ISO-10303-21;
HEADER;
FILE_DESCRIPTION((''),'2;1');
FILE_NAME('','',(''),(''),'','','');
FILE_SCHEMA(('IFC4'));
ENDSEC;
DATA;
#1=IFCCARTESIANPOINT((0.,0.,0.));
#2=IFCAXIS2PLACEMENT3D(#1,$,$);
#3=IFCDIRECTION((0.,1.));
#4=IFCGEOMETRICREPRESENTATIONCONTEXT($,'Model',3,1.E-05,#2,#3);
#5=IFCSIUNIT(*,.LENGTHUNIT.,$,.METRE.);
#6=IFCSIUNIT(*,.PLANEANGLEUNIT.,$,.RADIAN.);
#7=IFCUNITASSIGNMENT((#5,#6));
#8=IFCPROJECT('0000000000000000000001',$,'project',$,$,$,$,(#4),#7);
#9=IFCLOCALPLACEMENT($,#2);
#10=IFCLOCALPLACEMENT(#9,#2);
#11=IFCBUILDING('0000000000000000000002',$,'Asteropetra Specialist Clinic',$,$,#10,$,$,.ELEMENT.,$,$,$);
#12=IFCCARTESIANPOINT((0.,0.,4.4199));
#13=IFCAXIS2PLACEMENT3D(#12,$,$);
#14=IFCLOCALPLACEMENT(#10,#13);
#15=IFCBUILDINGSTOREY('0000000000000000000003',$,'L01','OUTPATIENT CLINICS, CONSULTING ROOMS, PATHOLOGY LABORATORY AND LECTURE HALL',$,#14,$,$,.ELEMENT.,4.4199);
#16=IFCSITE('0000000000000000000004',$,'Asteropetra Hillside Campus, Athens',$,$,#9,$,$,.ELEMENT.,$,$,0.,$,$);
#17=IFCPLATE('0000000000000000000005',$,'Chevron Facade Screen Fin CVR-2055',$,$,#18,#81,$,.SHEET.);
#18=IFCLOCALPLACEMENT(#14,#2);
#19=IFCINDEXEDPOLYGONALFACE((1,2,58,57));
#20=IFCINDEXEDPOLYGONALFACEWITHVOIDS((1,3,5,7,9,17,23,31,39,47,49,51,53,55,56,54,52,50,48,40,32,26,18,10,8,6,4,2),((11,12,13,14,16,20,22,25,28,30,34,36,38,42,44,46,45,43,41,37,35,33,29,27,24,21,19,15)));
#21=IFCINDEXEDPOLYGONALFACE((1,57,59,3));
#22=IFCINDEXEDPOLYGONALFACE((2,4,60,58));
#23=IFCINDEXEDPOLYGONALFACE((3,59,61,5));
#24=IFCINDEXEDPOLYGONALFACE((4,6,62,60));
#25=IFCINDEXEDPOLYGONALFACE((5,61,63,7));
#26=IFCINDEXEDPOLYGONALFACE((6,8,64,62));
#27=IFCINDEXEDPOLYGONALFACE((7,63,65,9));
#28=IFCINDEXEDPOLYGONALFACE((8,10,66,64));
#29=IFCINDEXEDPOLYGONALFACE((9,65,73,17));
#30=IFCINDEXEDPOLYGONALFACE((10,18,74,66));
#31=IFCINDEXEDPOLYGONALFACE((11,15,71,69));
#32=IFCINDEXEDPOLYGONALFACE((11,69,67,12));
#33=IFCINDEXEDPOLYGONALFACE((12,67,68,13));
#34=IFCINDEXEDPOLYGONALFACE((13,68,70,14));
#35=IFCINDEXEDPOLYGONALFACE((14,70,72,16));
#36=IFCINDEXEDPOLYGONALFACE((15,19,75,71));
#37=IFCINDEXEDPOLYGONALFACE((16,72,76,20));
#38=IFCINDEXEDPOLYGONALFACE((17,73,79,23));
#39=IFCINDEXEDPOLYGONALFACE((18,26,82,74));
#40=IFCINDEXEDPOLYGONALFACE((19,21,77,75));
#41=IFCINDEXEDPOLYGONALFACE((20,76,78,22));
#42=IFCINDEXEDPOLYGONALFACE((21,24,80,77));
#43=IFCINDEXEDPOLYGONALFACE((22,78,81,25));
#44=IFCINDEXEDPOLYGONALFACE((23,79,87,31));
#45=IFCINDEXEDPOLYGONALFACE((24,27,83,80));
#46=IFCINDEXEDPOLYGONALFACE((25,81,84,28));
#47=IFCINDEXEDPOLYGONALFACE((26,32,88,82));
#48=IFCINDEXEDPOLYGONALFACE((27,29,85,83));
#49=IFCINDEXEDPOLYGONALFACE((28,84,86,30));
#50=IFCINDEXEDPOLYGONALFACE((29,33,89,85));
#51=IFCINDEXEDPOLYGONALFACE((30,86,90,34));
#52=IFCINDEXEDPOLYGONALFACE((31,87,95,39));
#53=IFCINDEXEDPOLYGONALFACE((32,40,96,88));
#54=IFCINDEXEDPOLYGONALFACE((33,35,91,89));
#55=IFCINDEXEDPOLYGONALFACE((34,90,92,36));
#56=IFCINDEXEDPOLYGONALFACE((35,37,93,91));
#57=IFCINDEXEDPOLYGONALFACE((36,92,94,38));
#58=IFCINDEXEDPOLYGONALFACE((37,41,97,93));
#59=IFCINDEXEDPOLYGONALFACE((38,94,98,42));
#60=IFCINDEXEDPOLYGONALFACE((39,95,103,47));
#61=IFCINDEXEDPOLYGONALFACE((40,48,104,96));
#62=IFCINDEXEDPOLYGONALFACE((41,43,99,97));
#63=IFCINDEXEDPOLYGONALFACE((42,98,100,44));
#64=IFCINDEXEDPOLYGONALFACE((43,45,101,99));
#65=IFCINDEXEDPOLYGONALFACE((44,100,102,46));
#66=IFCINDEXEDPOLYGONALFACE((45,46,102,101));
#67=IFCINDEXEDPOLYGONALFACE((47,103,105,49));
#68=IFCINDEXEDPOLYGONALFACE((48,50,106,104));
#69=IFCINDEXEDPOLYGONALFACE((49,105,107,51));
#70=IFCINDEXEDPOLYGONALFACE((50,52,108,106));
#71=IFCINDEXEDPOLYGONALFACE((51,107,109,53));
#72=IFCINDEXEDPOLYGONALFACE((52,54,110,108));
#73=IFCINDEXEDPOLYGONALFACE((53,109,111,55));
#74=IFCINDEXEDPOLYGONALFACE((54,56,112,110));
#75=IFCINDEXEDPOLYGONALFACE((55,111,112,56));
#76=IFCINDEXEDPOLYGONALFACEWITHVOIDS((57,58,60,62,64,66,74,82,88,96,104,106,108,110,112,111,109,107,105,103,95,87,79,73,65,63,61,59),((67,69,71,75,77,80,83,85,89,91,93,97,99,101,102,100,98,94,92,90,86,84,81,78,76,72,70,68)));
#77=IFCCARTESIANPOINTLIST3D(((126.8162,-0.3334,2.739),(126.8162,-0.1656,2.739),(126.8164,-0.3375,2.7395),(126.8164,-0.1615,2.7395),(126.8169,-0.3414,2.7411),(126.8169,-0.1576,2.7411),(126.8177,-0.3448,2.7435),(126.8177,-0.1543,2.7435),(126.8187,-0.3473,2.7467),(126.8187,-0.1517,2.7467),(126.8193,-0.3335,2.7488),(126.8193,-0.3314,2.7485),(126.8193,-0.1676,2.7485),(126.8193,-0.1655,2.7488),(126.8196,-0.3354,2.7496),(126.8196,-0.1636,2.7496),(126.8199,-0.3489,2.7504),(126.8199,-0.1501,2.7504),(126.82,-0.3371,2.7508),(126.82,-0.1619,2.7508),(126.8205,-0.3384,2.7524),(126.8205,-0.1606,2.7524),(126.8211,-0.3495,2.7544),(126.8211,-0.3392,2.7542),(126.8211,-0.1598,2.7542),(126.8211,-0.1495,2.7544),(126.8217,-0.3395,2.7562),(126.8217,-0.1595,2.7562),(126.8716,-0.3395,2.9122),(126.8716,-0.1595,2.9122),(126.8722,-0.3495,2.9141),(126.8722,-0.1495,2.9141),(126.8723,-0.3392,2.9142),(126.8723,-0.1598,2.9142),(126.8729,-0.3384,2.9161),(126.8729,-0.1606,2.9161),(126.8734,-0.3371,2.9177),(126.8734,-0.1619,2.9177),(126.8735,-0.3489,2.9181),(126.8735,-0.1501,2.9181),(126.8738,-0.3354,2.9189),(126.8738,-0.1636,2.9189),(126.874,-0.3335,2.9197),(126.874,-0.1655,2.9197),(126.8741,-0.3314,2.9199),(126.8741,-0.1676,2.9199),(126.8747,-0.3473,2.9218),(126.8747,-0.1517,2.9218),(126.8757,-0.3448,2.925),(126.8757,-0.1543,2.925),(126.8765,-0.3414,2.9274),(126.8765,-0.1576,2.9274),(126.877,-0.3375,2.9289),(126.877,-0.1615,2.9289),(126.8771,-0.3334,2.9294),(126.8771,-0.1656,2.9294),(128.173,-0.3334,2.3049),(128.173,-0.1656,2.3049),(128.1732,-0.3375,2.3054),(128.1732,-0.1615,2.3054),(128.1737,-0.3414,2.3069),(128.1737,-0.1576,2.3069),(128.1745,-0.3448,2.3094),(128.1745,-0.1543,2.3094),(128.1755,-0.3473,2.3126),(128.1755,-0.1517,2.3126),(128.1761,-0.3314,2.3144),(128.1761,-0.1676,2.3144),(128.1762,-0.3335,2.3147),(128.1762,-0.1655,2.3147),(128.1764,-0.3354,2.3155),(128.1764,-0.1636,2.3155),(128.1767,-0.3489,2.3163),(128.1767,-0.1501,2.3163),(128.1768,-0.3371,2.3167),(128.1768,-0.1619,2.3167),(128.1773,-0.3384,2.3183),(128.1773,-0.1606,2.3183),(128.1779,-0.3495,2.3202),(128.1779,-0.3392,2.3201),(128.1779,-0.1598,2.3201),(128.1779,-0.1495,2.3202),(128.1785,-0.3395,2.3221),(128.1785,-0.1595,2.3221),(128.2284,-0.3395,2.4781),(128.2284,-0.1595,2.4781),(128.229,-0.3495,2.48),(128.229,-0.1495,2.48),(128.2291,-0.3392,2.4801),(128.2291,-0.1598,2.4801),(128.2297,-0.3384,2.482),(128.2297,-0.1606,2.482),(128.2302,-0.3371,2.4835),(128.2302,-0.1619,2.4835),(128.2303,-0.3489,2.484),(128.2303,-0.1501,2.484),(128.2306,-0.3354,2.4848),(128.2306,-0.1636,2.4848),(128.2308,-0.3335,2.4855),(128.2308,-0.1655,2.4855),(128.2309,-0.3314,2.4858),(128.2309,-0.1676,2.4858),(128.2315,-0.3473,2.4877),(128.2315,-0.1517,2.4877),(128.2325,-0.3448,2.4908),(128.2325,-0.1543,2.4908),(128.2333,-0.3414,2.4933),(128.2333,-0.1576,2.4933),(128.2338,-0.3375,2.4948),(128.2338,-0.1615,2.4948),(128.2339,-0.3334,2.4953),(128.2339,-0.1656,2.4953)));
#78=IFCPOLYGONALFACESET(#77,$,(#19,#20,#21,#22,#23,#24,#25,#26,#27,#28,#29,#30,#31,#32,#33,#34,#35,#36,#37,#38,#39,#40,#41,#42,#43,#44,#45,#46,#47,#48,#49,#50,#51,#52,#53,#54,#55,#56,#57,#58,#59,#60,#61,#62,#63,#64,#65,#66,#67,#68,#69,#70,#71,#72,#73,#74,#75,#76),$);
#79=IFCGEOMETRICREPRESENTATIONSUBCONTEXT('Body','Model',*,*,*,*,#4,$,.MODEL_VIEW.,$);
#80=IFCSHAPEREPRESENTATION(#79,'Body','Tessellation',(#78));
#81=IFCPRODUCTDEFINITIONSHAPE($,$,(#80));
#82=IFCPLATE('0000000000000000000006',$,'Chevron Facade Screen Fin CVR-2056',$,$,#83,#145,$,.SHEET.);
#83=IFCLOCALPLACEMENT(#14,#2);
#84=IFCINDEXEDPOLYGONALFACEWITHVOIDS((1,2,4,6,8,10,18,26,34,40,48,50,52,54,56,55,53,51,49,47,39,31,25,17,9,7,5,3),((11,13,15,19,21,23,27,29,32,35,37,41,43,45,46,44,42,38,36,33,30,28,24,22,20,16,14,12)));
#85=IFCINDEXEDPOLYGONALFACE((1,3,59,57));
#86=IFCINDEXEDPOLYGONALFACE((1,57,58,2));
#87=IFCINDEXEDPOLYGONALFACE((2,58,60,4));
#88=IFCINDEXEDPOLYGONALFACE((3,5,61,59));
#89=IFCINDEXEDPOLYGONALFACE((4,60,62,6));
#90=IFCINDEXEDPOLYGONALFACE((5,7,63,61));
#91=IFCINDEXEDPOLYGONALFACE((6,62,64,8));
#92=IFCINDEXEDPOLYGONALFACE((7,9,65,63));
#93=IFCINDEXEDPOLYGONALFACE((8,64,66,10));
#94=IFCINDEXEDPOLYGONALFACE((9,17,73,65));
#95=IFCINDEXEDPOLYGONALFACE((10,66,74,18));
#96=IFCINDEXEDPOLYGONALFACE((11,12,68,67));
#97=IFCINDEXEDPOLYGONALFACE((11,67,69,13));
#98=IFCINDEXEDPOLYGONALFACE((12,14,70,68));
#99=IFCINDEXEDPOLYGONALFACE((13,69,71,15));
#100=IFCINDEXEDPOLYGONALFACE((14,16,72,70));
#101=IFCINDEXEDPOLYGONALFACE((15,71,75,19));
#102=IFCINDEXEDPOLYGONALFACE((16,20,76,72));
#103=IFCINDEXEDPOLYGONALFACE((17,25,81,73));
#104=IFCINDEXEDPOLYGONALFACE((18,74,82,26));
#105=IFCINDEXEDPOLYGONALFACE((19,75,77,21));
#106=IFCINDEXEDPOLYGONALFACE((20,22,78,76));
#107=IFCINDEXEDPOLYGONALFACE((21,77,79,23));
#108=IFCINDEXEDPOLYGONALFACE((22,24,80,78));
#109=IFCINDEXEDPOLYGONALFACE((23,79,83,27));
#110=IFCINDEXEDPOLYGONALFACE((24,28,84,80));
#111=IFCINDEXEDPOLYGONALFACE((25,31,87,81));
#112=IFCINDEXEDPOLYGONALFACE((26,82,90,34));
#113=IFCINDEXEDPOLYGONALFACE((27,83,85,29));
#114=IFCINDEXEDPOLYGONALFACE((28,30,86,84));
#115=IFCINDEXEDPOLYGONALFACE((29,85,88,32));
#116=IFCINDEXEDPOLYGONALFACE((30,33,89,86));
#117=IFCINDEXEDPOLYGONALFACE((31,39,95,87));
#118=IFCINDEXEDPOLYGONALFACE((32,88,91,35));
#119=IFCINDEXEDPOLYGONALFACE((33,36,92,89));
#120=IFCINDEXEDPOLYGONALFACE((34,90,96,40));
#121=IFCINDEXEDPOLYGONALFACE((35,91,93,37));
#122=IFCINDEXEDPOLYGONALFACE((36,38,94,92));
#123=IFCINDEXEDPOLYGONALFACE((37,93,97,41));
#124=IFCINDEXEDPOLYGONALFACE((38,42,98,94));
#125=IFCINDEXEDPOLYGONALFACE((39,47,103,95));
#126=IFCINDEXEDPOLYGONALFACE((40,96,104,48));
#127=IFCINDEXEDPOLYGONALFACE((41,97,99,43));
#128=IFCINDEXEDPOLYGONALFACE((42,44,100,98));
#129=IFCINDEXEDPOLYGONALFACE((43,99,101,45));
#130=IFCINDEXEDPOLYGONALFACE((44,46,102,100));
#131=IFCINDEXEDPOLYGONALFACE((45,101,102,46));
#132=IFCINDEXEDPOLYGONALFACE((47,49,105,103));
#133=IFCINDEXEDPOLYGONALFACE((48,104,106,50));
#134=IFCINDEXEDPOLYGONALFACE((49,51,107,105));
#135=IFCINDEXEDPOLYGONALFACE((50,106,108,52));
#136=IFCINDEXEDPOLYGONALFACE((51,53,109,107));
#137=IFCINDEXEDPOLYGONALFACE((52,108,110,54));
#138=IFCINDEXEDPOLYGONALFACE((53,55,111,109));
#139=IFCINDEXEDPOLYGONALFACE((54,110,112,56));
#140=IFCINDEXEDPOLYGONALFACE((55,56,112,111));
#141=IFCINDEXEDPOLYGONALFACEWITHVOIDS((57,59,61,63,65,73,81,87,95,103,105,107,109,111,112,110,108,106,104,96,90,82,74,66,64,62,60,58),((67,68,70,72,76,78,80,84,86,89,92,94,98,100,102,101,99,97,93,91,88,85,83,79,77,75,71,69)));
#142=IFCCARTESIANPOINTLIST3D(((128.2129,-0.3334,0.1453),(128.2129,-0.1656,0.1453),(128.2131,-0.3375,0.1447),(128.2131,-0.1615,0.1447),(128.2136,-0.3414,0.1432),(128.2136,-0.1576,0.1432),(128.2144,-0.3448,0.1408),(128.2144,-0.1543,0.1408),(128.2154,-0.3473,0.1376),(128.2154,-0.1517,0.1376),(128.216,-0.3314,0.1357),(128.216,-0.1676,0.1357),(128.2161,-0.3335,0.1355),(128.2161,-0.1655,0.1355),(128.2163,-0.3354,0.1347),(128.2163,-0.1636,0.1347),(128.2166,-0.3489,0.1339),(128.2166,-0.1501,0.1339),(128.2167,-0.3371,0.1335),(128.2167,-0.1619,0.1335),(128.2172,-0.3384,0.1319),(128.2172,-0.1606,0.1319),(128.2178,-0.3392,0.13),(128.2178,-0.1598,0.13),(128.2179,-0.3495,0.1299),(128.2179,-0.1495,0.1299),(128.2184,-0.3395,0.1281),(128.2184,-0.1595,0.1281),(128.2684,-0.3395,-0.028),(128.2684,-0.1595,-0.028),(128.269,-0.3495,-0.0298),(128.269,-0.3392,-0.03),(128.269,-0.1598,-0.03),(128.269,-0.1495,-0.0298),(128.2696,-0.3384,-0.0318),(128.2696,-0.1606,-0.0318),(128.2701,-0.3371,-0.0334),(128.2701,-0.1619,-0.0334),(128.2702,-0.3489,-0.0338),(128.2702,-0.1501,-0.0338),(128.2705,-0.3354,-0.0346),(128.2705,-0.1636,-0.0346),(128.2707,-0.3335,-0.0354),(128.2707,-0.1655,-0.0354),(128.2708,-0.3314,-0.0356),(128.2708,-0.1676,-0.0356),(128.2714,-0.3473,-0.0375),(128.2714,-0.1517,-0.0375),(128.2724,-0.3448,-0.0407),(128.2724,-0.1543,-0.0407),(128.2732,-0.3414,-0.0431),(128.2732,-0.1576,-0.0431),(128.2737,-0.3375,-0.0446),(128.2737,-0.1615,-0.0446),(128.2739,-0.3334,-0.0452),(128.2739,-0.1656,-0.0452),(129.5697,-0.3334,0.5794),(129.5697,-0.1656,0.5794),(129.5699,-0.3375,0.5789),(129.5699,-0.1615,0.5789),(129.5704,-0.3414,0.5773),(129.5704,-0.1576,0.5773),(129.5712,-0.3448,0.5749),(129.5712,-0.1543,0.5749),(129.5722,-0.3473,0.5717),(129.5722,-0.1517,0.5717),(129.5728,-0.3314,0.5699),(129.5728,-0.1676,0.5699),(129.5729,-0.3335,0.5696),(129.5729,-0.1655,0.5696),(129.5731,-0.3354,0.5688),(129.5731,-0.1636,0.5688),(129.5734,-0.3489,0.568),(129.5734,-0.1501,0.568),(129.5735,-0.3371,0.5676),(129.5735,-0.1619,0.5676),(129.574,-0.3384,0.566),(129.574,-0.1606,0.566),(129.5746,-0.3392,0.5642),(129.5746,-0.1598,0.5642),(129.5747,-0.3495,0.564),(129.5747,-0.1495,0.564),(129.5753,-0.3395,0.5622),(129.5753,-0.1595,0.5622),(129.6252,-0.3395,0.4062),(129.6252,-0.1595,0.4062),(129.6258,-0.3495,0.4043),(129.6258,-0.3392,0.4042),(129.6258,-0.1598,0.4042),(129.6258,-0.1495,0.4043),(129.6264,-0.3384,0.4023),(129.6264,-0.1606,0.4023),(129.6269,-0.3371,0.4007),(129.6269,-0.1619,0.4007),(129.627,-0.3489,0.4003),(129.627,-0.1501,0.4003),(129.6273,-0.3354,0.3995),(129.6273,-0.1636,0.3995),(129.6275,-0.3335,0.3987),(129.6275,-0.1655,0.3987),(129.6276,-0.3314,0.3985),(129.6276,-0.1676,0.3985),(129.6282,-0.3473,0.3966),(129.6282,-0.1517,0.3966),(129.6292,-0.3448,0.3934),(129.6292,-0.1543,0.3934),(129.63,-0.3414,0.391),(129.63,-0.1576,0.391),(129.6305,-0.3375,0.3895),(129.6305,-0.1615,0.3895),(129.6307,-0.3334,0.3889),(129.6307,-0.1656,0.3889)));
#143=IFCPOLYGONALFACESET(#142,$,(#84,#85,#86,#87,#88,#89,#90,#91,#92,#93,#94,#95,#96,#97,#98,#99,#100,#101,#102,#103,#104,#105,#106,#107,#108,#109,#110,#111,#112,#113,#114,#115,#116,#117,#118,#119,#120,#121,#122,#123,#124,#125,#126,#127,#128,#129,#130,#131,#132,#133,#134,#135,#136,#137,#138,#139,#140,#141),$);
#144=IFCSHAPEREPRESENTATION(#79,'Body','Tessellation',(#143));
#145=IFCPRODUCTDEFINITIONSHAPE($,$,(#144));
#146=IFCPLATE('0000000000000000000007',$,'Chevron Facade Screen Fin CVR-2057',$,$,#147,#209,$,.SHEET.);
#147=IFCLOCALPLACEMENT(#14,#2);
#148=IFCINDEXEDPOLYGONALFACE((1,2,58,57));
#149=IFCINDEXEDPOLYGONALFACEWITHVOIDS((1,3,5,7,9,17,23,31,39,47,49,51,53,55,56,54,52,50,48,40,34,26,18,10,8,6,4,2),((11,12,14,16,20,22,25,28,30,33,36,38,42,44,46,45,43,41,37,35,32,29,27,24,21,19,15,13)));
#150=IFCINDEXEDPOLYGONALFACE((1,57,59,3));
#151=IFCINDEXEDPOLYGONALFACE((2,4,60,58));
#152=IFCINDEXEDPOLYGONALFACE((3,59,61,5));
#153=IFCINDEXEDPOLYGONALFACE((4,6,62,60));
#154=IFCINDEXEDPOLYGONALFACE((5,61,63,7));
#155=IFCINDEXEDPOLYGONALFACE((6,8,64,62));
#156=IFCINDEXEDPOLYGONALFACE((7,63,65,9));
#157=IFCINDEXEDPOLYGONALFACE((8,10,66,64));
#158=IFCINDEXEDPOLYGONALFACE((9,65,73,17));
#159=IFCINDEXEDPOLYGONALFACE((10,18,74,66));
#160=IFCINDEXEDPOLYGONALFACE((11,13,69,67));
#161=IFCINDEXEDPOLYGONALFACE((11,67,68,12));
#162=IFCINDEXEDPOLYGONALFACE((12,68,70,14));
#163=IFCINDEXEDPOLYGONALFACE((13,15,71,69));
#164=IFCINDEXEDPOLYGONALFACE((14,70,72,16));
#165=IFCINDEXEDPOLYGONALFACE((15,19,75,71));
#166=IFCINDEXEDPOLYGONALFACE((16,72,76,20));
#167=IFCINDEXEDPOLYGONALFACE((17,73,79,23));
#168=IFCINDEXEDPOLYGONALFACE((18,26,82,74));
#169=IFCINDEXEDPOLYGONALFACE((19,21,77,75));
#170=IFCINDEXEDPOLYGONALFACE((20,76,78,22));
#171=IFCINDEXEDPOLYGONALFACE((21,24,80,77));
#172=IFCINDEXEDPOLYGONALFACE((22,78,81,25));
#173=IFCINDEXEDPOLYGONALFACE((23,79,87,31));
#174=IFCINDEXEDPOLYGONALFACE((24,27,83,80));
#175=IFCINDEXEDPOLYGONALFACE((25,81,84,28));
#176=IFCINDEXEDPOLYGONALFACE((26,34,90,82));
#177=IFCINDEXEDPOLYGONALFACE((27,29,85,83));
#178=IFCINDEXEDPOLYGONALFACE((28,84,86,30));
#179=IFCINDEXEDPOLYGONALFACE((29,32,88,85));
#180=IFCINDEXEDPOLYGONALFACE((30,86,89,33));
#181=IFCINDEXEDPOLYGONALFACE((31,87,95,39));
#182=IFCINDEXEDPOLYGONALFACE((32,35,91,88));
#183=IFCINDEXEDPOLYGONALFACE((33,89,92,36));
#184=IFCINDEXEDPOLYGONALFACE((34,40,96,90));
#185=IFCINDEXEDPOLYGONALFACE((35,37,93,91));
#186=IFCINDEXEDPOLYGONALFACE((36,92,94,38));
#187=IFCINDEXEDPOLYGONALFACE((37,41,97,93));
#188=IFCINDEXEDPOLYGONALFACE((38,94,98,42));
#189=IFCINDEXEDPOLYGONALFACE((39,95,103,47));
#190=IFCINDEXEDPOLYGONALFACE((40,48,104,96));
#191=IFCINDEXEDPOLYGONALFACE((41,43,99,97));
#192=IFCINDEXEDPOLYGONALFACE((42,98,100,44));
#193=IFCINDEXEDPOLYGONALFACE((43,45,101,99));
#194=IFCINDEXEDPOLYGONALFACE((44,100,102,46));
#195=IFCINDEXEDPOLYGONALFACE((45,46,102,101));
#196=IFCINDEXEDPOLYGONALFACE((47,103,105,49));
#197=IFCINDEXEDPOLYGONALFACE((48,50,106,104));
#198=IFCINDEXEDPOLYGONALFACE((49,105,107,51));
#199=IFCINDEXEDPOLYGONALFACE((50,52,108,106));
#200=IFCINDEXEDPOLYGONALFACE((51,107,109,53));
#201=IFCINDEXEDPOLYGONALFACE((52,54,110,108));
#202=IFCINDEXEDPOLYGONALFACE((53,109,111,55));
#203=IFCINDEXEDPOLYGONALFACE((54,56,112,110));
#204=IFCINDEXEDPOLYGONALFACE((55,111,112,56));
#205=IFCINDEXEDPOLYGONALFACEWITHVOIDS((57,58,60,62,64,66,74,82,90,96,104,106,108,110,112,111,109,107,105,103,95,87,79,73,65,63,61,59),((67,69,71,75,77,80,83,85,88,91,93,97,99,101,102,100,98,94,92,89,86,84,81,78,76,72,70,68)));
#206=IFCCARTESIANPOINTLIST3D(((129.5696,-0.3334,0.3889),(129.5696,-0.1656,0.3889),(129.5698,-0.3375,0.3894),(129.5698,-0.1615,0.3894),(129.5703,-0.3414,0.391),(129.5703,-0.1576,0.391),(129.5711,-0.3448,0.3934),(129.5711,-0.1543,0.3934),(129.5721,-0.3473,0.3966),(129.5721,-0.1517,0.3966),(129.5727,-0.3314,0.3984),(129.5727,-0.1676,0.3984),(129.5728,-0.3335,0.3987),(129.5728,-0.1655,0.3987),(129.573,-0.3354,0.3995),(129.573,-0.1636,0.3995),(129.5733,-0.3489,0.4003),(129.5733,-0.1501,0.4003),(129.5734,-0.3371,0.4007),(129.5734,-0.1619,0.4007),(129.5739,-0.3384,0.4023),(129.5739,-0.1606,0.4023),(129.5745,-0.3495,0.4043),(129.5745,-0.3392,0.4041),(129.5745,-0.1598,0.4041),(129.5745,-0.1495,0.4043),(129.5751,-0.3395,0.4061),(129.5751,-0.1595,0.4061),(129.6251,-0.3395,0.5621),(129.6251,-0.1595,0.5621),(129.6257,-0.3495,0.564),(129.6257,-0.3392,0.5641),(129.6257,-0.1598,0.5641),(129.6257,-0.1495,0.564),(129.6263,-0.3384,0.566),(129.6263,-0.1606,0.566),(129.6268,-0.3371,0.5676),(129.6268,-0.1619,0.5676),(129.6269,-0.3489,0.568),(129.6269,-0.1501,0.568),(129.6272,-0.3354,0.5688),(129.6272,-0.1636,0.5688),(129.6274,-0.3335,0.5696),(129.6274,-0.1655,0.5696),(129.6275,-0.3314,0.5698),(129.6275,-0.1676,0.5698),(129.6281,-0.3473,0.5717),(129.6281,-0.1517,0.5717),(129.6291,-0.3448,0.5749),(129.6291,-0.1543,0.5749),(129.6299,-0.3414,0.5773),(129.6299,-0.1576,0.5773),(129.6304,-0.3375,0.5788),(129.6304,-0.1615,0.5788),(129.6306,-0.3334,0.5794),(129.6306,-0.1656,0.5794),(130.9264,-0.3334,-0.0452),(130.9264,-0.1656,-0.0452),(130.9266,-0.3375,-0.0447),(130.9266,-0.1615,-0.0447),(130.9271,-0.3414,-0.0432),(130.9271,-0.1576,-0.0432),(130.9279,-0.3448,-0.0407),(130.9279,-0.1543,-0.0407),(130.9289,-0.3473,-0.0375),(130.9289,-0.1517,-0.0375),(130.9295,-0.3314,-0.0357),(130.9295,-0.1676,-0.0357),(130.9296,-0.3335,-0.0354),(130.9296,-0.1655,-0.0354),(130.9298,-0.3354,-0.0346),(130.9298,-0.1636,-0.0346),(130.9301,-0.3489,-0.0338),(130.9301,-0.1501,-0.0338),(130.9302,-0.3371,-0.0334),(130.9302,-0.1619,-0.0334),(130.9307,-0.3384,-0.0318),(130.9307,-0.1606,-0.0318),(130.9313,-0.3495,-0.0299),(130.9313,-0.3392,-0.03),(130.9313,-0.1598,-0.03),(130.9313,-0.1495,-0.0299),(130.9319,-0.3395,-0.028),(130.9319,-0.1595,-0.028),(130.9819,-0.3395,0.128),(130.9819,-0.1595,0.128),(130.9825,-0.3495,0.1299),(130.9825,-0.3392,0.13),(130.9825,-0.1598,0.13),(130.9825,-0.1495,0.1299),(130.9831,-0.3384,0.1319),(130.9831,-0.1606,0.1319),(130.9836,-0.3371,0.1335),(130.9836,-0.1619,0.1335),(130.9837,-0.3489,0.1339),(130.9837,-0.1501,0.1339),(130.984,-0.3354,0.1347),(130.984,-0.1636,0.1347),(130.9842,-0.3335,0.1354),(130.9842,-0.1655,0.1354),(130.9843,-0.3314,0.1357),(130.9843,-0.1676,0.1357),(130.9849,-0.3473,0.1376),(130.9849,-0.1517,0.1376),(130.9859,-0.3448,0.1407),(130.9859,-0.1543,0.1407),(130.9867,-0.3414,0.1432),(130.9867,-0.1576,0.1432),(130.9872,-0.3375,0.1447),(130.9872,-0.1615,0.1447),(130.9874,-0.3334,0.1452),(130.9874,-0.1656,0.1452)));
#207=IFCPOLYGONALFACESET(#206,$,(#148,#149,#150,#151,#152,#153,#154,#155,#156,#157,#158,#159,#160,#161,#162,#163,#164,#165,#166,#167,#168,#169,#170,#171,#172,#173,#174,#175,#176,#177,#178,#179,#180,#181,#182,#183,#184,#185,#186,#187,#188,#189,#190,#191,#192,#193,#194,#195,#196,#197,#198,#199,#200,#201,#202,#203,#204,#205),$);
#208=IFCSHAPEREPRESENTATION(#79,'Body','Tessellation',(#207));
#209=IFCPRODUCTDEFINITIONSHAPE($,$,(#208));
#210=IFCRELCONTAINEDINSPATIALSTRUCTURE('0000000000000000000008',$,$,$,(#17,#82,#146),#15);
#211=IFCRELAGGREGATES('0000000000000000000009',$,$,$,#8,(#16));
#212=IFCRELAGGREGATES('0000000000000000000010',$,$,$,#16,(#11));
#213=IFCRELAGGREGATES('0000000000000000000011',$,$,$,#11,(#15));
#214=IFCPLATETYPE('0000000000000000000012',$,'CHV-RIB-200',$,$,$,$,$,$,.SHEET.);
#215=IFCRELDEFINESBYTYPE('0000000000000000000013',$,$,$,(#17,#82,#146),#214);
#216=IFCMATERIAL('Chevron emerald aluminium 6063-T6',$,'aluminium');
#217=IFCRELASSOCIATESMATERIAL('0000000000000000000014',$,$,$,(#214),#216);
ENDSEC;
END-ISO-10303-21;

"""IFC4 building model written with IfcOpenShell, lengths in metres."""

from ifc_helpers import new_model, si_unit, direction, frame, origin, origin_2d, place, context, subcontext, project, spatial, hollow_rectangle, extrude, material, material_profile, profile_set, type_object, element, save


model = new_model("IFC4")

# Units and contexts
model_context = context("Model", 3, precision=1e-05, world=origin(), true_north=direction((0.0, 1.0)))
body_context = subcontext(model_context, "Body", "Model", "MODEL_VIEW")
ifc_project = project(units=[si_unit("LENGTHUNIT", "METRE"), si_unit("PLANEANGLEUNIT", "RADIAN")], contexts=[model_context])

# Site, building, storey
site_placement = place(None, origin())
site = spatial("IfcSite", under=ifc_project, at=site_placement, Name="Asteropetra Hillside Campus, Athens", CompositionType="ELEMENT", RefElevation=0.0)
building_placement = place(site_placement, origin())
building = spatial("IfcBuilding", under=site, at=building_placement, Name="Asteropetra Specialist Clinic", CompositionType="ELEMENT")
storey_placement = place(building_placement, frame((0.0, 0.0, 4.4199)))
storey = spatial("IfcBuildingStorey", under=building, at=storey_placement, Name="L01", Description="OUTPATIENT CLINICS, CONSULTING ROOMS, PATHOLOGY LABORATORY AND LECTURE HALL", CompositionType="ELEMENT", Elevation=4.4199)

# Plates
ifc_material_1 = material(Name="Chevron emerald aluminium 6063-T6", Category="aluminium")
ifc_material_profile = material_profile(ifc_material_1, hollow_rectangle(XDim=0.2, YDim=0.2, WallThickness=0.01, InnerFilletRadius=0.0081, OuterFilletRadius=0.0161, at=origin_2d()), Name="SHS 200x200x10.0")
ifc_profile_set = profile_set([ifc_material_profile], Name="Chevron emerald aluminium 6063-T6")
plate_type = type_object("IfcPlateType", Name="CHV-RIB-200", PredefinedType="SHEET", material=ifc_profile_set)
for number, where, z_axis, x_axis, name in (
    (1, (126.8467, -0.2495, 2.8342), (0.952436, 0.0, -0.304738), (0.0, 1.0, 0.0), "Chevron Facade Screen Fin CVR-2055"),
    (2, (128.2434, -0.2495, 0.05), (0.952436, 0.0, 0.304738), (0.0, 1.0, 0.0), "Chevron Facade Screen Fin CVR-2056"),
    (3, (129.6001, -0.2495, 0.4841), (0.952436, 0.0, -0.304738), (0.0, 1.0, 0.0), "Chevron Facade Screen Fin CVR-2057"),
):
    element("IfcPlate", number, at=place(storey_placement, frame(where, z_axis=z_axis, x_axis=x_axis)), inside=storey, type_object=plate_type, Name=name, PredefinedType="SHEET", context=body_context, shape_type="SweptSolid", body=[
        extrude(hollow_rectangle(XDim=0.2, YDim=0.2, WallThickness=0.01, InnerFilletRadius=0.0081, OuterFilletRadius=0.0161, at=origin_2d()), origin(), (0.0, 0.0, 1.0), 1.4246),
    ])

save(model, "model.ifc")
